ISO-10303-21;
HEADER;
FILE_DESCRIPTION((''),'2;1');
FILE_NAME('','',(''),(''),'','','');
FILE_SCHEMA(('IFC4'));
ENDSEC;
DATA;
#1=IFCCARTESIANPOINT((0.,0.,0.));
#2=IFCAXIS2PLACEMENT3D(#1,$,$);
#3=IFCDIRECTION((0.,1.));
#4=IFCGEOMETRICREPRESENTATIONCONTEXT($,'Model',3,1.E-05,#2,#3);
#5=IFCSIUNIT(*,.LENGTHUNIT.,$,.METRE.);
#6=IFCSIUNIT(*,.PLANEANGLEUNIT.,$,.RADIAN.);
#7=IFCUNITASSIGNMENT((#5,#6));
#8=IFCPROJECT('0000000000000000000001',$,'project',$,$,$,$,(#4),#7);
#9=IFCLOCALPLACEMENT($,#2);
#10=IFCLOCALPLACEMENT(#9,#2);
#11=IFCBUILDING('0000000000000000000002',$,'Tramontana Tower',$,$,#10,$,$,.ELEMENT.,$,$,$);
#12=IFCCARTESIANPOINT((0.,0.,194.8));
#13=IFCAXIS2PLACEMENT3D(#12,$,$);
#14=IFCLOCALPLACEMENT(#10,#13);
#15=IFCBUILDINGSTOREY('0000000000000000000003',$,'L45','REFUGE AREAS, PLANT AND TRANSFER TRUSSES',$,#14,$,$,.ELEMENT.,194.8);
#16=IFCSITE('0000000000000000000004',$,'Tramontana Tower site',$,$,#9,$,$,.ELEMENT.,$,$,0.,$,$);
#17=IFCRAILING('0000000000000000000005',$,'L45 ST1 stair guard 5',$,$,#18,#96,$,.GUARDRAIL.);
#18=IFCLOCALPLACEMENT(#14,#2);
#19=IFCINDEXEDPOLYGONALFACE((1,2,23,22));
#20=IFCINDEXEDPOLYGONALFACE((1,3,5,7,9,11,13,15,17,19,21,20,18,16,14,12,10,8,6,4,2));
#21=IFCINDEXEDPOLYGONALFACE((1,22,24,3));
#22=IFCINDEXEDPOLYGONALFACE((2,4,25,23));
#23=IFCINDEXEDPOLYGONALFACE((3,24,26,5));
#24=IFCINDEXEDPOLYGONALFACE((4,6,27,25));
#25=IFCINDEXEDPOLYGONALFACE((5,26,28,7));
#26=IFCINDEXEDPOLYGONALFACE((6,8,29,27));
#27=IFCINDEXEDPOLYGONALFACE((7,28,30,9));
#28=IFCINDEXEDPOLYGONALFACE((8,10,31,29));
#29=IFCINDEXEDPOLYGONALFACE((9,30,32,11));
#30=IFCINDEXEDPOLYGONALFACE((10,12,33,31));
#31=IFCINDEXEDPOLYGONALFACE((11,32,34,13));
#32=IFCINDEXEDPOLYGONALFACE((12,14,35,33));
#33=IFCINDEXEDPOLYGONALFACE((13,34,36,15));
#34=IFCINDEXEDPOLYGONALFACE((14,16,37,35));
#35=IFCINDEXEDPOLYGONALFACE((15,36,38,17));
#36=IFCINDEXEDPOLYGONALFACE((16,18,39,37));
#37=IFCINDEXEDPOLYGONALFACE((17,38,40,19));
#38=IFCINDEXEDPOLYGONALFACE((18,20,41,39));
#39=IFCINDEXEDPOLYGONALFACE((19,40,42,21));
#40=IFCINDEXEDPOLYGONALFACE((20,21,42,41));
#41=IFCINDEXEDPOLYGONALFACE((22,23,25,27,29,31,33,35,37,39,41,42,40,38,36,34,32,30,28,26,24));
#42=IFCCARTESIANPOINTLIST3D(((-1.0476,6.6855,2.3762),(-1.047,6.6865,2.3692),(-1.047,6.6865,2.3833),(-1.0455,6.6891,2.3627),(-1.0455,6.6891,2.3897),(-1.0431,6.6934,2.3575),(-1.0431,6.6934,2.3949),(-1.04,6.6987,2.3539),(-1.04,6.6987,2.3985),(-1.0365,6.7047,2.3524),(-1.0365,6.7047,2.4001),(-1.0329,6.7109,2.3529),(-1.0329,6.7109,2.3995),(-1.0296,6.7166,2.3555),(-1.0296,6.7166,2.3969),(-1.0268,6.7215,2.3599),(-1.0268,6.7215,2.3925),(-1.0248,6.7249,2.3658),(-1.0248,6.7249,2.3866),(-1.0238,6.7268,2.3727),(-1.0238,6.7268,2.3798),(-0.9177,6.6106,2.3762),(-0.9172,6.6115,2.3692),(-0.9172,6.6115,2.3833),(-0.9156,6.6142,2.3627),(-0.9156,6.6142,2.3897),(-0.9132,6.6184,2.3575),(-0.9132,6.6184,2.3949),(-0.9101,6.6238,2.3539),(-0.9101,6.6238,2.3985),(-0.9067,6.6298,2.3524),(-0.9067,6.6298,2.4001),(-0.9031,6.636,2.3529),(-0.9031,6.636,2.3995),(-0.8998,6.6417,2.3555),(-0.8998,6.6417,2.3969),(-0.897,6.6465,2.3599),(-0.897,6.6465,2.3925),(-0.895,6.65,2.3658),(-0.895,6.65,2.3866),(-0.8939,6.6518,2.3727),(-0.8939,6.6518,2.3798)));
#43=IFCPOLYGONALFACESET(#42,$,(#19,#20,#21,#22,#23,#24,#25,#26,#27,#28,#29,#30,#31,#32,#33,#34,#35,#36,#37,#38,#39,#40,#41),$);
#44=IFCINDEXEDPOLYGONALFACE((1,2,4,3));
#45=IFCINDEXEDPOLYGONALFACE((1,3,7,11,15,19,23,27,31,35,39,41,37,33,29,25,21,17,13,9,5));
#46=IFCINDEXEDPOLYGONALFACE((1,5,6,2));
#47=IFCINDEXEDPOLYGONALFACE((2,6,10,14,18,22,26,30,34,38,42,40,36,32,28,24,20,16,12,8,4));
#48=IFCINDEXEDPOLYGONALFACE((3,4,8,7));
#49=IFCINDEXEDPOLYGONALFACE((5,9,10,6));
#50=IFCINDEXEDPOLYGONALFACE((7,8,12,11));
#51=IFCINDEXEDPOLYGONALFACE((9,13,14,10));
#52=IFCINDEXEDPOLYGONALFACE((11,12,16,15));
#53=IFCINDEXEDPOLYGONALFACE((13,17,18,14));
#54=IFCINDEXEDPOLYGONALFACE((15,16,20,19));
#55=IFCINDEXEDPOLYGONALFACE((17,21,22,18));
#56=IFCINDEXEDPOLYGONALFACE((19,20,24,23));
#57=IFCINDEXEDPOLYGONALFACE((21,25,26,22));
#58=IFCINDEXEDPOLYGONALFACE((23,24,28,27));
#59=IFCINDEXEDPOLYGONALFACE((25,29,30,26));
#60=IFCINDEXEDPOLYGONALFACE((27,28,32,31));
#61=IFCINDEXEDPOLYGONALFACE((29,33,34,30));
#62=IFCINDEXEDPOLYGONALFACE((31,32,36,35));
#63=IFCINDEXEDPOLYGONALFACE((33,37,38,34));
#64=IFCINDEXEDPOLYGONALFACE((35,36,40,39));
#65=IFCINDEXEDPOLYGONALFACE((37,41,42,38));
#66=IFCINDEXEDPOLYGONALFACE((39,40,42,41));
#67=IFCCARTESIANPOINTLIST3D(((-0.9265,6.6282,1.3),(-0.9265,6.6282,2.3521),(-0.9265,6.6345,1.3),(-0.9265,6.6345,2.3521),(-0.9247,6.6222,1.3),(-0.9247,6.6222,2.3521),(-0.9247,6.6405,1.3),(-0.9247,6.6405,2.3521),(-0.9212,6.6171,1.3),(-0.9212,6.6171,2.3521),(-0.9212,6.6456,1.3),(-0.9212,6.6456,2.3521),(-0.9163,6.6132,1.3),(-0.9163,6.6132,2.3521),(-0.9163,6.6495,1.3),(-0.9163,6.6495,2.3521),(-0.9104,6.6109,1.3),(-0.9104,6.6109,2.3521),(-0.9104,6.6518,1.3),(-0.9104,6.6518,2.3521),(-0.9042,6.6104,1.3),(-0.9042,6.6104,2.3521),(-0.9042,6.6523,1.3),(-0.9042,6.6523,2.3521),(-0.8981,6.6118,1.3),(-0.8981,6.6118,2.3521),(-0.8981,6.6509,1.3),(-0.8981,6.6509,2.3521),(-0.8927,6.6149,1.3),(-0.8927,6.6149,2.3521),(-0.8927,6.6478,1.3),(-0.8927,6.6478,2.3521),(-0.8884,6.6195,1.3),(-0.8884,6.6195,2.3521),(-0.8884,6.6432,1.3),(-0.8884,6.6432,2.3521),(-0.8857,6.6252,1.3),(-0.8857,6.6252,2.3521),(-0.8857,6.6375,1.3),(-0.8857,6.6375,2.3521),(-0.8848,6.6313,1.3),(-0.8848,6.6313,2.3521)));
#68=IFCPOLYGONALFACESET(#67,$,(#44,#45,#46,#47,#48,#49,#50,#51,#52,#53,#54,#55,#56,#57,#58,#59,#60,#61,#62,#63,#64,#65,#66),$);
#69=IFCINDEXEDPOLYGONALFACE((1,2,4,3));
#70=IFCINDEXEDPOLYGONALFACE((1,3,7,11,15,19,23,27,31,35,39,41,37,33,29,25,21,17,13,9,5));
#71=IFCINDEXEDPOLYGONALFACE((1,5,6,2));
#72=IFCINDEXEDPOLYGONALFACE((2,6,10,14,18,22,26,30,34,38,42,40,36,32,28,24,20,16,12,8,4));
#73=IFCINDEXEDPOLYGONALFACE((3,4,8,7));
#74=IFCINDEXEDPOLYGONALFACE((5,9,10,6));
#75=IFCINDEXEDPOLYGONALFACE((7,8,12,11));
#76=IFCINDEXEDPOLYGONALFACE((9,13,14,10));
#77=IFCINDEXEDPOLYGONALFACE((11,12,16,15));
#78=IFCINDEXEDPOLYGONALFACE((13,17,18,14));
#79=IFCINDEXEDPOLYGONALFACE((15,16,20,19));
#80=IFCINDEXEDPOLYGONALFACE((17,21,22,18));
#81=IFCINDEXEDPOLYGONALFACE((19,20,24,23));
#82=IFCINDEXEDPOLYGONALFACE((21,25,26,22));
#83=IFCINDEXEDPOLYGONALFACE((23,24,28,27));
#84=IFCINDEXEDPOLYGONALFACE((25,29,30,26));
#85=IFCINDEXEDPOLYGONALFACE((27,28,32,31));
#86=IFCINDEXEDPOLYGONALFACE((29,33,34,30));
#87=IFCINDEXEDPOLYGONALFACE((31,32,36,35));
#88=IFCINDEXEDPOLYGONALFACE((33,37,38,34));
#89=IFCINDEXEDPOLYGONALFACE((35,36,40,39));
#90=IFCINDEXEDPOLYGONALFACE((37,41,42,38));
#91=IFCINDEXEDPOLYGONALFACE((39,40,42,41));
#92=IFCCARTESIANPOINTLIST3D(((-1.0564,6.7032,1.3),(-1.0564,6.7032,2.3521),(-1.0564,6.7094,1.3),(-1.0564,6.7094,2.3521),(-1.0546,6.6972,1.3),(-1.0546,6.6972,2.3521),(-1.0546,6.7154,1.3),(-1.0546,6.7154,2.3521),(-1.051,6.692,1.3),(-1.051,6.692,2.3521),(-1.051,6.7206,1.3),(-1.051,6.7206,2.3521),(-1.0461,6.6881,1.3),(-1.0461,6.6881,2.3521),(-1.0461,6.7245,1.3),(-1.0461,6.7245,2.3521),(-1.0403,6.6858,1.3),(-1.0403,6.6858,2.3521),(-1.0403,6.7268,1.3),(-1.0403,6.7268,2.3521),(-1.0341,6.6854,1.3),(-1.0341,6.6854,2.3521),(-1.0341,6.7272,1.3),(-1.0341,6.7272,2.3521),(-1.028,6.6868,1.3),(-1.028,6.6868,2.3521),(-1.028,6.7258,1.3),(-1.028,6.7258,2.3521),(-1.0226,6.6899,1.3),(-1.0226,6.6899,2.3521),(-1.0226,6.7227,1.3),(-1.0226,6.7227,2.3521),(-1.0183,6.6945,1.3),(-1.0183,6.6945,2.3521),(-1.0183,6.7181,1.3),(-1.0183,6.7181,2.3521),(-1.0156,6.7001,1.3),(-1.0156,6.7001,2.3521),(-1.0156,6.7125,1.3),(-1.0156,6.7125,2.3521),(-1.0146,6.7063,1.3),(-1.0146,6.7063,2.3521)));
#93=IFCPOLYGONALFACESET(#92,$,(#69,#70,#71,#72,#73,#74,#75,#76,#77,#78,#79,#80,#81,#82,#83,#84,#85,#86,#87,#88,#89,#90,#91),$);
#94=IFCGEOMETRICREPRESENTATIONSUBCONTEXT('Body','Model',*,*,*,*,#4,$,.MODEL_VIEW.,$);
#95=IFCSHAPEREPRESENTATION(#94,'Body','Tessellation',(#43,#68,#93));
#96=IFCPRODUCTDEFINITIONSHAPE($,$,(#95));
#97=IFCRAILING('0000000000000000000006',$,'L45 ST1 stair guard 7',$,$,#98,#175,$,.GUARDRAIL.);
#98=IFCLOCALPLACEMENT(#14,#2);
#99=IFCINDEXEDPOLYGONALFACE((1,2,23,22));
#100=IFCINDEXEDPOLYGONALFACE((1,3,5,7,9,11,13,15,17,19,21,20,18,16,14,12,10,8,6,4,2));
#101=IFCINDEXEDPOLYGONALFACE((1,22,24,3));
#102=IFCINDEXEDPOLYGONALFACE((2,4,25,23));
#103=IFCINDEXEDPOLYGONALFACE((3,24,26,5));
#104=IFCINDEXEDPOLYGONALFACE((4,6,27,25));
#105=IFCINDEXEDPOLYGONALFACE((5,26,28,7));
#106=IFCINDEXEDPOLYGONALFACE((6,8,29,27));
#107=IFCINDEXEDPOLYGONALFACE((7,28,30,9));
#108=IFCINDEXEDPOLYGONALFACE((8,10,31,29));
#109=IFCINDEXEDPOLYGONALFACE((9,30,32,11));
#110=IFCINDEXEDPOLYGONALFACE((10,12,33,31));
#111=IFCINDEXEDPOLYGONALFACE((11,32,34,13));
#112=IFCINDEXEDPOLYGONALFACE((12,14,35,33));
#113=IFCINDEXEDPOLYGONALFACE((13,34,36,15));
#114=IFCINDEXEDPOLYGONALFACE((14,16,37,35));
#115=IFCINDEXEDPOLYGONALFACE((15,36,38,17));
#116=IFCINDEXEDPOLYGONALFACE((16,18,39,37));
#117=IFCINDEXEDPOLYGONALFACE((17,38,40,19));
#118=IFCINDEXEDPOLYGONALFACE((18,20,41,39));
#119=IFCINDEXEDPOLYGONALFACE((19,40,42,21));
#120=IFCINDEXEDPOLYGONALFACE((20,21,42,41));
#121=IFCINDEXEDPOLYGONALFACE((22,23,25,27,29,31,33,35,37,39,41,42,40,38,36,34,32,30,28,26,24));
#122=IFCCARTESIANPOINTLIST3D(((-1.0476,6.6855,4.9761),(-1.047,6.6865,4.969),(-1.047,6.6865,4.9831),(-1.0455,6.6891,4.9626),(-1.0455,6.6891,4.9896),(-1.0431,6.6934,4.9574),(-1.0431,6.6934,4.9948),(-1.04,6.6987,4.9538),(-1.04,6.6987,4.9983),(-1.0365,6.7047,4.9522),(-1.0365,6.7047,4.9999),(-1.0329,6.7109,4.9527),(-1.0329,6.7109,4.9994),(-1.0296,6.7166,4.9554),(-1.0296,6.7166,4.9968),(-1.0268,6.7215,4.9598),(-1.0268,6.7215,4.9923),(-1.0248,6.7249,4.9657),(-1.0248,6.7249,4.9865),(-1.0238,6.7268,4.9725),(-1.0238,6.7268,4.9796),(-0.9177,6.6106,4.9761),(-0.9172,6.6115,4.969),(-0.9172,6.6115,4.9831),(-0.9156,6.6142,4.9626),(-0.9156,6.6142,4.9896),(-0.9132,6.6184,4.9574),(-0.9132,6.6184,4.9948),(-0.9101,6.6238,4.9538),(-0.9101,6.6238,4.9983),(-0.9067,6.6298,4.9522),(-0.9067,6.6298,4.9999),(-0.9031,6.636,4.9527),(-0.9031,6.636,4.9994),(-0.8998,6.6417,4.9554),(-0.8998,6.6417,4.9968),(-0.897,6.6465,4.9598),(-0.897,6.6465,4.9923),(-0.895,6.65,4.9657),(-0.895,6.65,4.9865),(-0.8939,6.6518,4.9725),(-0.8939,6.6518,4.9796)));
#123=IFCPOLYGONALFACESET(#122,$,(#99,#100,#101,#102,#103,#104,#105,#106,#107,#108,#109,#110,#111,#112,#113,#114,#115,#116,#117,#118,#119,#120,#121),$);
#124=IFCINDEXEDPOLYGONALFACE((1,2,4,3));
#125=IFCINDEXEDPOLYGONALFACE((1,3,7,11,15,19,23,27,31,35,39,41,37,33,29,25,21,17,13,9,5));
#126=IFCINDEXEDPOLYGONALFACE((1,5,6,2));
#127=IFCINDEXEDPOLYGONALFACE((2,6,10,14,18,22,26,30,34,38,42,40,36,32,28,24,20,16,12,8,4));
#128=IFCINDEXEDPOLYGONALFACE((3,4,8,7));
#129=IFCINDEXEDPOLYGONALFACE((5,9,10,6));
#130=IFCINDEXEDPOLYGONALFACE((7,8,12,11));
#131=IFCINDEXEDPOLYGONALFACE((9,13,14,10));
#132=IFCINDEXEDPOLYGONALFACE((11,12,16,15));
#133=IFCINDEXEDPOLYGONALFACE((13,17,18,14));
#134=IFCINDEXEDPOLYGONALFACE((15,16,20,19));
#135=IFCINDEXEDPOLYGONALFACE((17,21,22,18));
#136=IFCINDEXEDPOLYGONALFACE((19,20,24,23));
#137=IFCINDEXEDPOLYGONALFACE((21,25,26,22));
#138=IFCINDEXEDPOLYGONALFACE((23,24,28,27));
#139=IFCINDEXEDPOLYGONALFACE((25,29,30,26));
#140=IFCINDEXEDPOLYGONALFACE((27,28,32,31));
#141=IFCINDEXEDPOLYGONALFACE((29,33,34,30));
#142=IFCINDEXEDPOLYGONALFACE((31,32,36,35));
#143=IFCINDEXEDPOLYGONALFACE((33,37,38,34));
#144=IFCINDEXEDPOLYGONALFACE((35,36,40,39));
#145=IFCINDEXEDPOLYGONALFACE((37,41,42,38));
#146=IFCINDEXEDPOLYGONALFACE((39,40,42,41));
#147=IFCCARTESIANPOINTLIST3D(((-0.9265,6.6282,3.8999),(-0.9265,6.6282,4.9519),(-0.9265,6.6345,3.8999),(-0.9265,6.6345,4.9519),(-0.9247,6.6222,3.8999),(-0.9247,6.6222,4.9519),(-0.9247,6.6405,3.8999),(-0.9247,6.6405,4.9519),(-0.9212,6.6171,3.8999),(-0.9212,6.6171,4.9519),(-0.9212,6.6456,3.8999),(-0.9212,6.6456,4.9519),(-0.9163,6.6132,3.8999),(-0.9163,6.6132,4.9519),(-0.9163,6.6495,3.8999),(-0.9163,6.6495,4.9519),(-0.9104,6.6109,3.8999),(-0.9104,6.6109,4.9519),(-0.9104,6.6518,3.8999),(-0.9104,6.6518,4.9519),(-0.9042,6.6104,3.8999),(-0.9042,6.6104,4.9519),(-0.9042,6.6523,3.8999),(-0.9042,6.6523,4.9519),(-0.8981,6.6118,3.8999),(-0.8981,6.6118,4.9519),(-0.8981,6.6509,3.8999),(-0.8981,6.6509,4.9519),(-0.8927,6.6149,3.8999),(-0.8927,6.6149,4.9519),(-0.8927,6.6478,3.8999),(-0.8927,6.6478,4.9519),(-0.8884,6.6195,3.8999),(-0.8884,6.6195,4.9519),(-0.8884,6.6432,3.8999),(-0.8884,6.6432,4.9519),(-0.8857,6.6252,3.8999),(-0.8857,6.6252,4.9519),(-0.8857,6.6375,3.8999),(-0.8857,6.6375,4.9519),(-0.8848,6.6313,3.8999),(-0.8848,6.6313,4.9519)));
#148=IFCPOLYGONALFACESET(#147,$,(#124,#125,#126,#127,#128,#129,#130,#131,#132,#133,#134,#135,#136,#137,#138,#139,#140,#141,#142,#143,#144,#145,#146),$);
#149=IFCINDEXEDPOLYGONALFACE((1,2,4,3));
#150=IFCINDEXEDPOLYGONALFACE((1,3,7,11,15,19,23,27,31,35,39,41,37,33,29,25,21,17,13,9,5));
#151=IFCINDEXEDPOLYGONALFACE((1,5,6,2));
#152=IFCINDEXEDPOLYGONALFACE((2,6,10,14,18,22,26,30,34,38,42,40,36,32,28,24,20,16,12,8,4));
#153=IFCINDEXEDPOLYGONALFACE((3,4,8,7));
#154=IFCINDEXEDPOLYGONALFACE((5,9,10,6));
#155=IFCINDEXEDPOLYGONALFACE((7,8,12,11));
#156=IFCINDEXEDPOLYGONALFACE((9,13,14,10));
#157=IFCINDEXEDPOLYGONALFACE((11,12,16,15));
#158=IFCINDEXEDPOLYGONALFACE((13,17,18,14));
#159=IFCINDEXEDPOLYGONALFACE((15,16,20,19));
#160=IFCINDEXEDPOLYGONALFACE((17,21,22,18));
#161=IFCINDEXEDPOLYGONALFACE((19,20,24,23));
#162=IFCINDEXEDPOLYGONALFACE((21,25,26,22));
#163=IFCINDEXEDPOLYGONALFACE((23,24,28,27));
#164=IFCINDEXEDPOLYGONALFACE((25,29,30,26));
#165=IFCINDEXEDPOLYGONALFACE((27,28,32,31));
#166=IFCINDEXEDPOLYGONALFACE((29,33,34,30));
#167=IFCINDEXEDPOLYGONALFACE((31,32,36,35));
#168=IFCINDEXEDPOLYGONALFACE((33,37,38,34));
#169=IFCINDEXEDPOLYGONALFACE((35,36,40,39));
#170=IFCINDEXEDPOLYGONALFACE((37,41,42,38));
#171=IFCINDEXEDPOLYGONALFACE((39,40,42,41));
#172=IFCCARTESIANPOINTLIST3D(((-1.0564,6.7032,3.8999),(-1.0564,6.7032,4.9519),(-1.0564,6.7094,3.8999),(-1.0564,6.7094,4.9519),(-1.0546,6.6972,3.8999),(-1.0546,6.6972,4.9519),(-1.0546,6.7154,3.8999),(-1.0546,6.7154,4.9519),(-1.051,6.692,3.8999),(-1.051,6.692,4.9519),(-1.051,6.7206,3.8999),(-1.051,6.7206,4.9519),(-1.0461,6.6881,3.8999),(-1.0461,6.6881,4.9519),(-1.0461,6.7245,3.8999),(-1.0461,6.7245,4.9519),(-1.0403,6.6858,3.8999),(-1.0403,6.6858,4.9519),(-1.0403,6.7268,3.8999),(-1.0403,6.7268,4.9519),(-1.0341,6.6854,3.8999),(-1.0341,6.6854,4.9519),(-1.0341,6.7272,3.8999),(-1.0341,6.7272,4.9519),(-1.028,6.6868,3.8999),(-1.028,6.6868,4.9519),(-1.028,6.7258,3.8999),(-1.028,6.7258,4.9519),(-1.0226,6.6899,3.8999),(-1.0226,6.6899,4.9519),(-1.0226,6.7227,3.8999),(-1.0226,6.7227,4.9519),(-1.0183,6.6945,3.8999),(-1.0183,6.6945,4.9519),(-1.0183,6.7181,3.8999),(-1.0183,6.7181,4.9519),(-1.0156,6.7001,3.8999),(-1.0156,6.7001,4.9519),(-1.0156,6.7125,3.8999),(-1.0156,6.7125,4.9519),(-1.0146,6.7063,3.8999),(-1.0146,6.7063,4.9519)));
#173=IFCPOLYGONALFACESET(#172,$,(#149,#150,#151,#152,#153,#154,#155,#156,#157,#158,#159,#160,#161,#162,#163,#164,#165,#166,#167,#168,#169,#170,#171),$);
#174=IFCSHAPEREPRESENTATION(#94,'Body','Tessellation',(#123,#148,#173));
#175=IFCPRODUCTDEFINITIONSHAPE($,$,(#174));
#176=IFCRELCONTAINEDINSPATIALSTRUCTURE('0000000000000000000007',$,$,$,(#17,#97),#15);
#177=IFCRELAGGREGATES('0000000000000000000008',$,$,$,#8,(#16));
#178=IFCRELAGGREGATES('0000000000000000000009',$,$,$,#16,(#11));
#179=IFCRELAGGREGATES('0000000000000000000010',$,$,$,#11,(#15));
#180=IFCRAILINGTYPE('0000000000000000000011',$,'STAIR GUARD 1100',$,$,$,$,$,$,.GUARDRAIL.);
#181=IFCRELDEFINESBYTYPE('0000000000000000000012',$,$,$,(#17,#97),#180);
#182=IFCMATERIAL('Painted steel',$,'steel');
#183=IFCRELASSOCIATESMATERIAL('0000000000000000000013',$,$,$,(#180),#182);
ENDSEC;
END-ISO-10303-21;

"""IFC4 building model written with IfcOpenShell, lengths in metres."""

from ifc_helpers import new_model, si_unit, direction, frame, origin, origin_2d, place, context, subcontext, project, spatial, circle, extrude, material, type_object, element, save


model = new_model("IFC4")

# Units and contexts
model_context = context("Model", 3, precision=1e-05, world=origin(), true_north=direction((0.0, 1.0)))
body_context = subcontext(model_context, "Body", "Model", "MODEL_VIEW")
ifc_project = project(units=[si_unit("LENGTHUNIT", "METRE"), si_unit("PLANEANGLEUNIT", "RADIAN")], contexts=[model_context])

# Site, building, storey
site_placement = place(None, origin())
site = spatial("IfcSite", under=ifc_project, at=site_placement, Name="Tramontana Tower site", CompositionType="ELEMENT", RefElevation=0.0)
building_placement = place(site_placement, origin())
building = spatial("IfcBuilding", under=site, at=building_placement, Name="Tramontana Tower", CompositionType="ELEMENT")
storey_placement = place(building_placement, frame((0.0, 0.0, 194.8)))
storey = spatial("IfcBuildingStorey", under=building, at=storey_placement, Name="L45", Description="REFUGE AREAS, PLANT AND TRANSFER TRUSSES", CompositionType="ELEMENT", Elevation=194.8)

# Railings
ifc_material_1 = material(Name="Painted steel", Category="steel")
railing_type_1 = type_object("IfcRailingType", Name="STAIR GUARD 1100", PredefinedType="GUARDRAIL", material=ifc_material_1)
for number, where, name in (
    (1, (-0.9058, 6.6313, 1.3), "L45 ST1 stair guard 5"),
    (2, (-0.9058, 6.6313, 3.8999), "L45 ST1 stair guard 7"),
):
    element("IfcRailing", number, at=place(storey_placement, frame(where)), inside=storey, type_object=railing_type_1, Name=name, PredefinedType="GUARDRAIL", context=body_context, shape_type="SweptSolid", body=[
        extrude(circle(Radius=0.0239, at=origin_2d()), frame((0.0, 0.0, 1.0762), z_axis=(-0.866131, 0.499816, 0.0), x_axis=(-0.499816, -0.866131, 0.0)), (0.0, 0.0, 1.0), 0.1499),
        extrude(circle(Radius=0.021, at=origin_2d()), origin(), (0.0, 0.0, 1.0), 1.052),
        extrude(circle(Radius=0.021, at=origin_2d()), frame((-0.1299, 0.075, 0.0)), (0.0, 0.0, 1.0), 1.052),
    ])

save(model, "model.ifc")
